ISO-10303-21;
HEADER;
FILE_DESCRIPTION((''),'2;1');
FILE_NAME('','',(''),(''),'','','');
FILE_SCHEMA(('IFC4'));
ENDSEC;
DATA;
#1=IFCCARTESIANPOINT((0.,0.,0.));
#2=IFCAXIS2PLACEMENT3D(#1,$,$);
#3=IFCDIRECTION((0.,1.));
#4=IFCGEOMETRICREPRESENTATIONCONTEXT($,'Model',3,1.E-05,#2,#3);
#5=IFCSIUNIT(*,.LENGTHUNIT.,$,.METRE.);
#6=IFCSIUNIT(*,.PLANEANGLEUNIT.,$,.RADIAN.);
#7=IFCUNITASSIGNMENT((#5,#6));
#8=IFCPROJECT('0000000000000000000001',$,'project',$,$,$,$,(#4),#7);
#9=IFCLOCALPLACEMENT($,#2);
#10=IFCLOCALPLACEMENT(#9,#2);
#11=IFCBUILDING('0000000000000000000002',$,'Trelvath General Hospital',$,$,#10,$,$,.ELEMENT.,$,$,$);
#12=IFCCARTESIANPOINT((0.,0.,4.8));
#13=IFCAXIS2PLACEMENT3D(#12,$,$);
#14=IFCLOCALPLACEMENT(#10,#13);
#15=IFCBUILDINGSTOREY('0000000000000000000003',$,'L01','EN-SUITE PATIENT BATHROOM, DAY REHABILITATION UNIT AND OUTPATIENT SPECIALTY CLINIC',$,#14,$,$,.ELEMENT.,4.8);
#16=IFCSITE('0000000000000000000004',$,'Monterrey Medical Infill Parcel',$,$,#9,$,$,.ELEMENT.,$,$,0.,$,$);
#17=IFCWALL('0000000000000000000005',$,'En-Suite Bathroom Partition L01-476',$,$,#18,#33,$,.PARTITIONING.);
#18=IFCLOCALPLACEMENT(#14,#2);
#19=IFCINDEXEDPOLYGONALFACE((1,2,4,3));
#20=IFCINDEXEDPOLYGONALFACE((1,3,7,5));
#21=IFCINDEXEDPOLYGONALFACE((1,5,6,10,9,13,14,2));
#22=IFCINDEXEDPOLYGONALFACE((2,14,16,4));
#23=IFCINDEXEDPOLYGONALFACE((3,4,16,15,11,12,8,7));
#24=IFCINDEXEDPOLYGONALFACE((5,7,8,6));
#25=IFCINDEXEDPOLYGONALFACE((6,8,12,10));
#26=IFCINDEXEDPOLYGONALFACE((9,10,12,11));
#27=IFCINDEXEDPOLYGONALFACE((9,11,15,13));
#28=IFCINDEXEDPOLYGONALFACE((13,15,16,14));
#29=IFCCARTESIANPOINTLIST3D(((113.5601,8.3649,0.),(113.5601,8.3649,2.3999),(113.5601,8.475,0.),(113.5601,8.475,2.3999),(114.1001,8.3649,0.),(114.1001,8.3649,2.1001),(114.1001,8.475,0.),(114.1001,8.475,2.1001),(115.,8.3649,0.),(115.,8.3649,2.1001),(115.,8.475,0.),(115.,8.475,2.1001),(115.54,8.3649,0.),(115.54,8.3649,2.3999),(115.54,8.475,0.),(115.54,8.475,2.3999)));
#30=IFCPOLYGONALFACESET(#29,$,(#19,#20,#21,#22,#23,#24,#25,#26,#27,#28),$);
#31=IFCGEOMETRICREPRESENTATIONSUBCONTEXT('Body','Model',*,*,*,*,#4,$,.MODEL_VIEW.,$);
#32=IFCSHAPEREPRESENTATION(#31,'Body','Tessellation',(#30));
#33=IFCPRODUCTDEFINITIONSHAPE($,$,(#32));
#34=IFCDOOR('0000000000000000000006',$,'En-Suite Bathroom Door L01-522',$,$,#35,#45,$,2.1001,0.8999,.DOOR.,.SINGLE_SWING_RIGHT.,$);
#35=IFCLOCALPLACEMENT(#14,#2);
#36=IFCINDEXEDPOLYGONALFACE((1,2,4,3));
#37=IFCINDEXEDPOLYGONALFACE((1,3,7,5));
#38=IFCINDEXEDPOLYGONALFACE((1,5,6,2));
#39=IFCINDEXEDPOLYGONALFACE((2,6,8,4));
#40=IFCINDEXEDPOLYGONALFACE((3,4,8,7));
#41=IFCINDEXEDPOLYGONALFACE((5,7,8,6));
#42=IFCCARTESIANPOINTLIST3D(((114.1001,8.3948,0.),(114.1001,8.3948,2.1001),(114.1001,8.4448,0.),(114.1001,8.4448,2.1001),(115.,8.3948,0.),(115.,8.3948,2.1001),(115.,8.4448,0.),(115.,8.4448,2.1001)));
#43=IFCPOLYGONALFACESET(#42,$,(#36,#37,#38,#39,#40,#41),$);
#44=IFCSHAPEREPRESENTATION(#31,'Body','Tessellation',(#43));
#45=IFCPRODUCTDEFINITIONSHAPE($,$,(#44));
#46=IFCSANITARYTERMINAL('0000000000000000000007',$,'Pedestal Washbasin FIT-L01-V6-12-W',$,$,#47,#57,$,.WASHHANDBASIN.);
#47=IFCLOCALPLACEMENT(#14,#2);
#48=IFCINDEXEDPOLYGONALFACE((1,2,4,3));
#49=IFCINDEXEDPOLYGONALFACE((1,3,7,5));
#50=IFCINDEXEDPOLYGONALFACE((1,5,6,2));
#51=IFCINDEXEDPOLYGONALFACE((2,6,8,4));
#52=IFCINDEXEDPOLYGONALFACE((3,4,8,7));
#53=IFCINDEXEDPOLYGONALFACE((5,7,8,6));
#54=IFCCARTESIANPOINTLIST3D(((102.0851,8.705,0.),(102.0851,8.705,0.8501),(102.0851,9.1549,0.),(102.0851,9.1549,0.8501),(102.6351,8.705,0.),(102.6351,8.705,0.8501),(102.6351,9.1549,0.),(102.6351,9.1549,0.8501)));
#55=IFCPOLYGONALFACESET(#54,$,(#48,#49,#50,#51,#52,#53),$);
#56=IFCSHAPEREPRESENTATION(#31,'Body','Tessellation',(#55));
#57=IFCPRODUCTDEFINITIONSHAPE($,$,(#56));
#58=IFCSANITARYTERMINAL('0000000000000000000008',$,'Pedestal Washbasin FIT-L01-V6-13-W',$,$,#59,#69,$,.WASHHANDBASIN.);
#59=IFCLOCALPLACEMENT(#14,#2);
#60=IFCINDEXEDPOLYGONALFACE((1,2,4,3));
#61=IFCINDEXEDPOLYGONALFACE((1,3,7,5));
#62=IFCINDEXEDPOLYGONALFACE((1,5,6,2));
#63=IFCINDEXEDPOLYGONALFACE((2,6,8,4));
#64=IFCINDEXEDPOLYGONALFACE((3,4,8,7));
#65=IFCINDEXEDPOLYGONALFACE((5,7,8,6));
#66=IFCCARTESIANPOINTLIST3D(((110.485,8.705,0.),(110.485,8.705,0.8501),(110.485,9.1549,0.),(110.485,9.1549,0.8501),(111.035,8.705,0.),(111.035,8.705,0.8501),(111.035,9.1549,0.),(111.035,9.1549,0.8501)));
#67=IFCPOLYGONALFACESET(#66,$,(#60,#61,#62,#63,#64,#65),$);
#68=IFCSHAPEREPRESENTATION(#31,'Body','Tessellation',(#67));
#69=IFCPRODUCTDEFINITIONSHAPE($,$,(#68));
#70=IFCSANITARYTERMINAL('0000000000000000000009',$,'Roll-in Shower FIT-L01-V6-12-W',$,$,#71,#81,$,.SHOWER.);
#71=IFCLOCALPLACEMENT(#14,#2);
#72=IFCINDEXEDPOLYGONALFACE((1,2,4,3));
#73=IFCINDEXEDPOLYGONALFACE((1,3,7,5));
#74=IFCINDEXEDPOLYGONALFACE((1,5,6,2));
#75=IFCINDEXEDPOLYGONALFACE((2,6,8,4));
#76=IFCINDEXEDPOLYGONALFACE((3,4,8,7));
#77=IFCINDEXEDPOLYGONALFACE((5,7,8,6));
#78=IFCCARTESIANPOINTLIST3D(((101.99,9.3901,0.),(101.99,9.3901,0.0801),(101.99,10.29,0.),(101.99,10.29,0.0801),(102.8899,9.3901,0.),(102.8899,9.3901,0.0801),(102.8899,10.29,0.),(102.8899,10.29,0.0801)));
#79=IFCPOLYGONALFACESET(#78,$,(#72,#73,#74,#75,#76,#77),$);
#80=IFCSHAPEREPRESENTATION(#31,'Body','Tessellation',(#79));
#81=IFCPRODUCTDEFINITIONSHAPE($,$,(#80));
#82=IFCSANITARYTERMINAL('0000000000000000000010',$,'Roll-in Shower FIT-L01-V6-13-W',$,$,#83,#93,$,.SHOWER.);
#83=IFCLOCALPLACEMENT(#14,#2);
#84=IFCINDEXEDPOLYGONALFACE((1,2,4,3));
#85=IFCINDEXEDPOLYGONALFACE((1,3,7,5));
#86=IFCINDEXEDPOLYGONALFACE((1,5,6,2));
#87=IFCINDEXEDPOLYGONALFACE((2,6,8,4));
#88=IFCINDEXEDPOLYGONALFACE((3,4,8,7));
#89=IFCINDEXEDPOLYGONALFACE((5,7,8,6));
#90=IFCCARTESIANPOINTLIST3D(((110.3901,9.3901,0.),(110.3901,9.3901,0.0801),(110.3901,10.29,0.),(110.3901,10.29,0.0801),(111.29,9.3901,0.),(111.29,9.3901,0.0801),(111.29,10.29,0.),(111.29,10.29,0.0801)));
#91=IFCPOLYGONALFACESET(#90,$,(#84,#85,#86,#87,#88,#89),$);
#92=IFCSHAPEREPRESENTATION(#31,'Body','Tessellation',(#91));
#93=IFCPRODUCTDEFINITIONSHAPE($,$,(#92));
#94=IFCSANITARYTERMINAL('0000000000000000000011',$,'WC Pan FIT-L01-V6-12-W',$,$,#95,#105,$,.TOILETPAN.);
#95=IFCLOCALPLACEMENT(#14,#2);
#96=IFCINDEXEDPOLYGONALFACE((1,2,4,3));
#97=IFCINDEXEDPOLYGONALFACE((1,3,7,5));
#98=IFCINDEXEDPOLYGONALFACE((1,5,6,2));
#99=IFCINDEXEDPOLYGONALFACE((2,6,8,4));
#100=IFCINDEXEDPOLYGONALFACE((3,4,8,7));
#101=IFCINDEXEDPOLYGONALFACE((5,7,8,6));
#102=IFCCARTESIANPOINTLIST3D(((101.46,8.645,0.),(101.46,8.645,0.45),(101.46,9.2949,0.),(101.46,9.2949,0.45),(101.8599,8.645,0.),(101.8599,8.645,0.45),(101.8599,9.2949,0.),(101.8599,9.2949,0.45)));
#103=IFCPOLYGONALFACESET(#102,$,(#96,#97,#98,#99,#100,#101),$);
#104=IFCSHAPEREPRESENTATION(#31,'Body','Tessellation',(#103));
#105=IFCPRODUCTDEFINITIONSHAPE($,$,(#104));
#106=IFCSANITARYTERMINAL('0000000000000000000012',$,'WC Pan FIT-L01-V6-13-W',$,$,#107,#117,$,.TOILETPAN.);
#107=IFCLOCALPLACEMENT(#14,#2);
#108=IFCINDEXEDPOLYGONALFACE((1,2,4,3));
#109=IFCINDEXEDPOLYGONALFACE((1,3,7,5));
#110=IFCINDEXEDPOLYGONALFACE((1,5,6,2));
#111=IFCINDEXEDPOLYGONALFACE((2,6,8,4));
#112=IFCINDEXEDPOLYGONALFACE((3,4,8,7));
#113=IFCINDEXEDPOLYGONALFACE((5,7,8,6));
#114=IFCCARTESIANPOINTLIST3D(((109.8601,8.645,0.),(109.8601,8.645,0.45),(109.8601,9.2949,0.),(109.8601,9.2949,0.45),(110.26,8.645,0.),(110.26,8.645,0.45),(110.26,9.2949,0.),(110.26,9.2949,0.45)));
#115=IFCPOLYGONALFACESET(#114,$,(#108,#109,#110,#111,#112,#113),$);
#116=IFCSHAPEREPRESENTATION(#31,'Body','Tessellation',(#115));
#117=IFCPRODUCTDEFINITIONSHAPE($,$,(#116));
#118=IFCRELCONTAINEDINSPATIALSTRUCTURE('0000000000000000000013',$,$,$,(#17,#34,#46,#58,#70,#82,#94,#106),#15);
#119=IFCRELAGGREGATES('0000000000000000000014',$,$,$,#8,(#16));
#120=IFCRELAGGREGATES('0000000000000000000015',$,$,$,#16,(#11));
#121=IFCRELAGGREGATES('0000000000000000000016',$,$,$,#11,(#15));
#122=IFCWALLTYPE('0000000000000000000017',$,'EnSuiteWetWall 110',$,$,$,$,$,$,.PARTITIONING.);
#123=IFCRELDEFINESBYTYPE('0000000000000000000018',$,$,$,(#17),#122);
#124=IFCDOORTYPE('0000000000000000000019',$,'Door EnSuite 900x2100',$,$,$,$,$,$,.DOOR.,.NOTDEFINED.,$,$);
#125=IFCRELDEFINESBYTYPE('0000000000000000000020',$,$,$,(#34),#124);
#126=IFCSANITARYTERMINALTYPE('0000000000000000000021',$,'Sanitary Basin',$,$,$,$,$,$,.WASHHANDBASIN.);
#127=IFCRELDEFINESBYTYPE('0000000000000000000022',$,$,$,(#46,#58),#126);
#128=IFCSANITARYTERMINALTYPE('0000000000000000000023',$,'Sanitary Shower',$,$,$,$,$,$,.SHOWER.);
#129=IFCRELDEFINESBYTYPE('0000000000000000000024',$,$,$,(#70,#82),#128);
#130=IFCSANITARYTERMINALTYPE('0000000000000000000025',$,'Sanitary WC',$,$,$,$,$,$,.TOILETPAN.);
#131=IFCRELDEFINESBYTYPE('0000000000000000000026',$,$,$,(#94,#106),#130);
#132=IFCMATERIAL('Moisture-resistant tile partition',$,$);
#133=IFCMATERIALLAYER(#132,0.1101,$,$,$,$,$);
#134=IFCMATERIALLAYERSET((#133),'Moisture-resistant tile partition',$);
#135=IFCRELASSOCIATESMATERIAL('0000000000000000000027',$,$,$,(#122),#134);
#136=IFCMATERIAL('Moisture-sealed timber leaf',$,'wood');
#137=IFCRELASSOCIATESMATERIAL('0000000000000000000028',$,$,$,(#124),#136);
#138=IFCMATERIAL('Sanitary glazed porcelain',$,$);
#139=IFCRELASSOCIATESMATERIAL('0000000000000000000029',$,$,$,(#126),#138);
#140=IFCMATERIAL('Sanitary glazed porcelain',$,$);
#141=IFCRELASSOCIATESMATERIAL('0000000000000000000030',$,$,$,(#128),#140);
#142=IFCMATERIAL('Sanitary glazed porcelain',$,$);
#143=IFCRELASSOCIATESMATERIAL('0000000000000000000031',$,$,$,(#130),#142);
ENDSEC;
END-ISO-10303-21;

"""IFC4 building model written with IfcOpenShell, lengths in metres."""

from ifc_helpers import new_model, si_unit, direction, frame, frame_2d, origin, origin_2d, place, context, subcontext, project, spatial, rectangle, extrude, material, layer, layer_set, type_object, element, fill, save


model = new_model("IFC4")

# Units and contexts
model_context = context("Model", 3, precision=1e-05, world=origin(), true_north=direction((0.0, 1.0)))
body_context = subcontext(model_context, "Body", "Model", "MODEL_VIEW")
ifc_project = project(units=[si_unit("LENGTHUNIT", "METRE"), si_unit("PLANEANGLEUNIT", "RADIAN")], contexts=[model_context])

# Site, building, storey
site_placement = place(None, origin())
site = spatial("IfcSite", under=ifc_project, at=site_placement, Name="Monterrey Medical Infill Parcel", CompositionType="ELEMENT", RefElevation=0.0)
building_placement = place(site_placement, origin())
building = spatial("IfcBuilding", under=site, at=building_placement, Name="Trelvath General Hospital", CompositionType="ELEMENT")
storey_placement = place(building_placement, frame((0.0, 0.0, 4.8)))
storey = spatial("IfcBuildingStorey", under=building, at=storey_placement, Name="L01", Description="EN-SUITE PATIENT BATHROOM, DAY REHABILITATION UNIT AND OUTPATIENT SPECIALTY CLINIC", CompositionType="ELEMENT", Elevation=4.8)

# Shared definitions
ifc_material_1 = material(Name="Moisture-resistant tile partition")
ifc_layer_1 = layer(ifc_material_1, 0.1101)
ifc_layer_set_1 = layer_set([ifc_layer_1], Name="Moisture-resistant tile partition")
wall_type_1 = type_object("IfcWallType", Name="EnSuiteWetWall 110", PredefinedType="PARTITIONING", material=ifc_layer_set_1)

# Shared definitions
ifc_material_2 = material(Name="Moisture-sealed timber leaf", Category="wood")
door_type_1 = type_object("IfcDoorType", Name="Door EnSuite 900x2100", OperationType="NOTDEFINED", PredefinedType="DOOR", material=ifc_material_2)

# Wall, opening, door
wall_1_placement = place(storey_placement, frame((113.5601, 8.4199, 0.0), z_axis=(0.0, 0.0, 1.0), x_axis=(1.0, 0.0, 0.0)))
wall_1 = element("IfcWall", 1, at=wall_1_placement, inside=storey, type_object=wall_type_1, Name="En-Suite Bathroom Partition L01-476", PredefinedType="PARTITIONING", context=body_context, shape_type="SweptSolid", body=[
    extrude(rectangle(XDim=1.98, YDim=0.1101, at=frame_2d((0.99, 0.0))), origin(), (0.0, 0.0, 1.0), 2.3999),
])
opening_1_placement = place(wall_1_placement, frame((0.54, 0.0, 0.0)))
opening_1 = element("IfcOpeningElement", 2, at=opening_1_placement, cuts=wall_1, PredefinedType="OPENING", context=body_context, shape_type="SweptSolid", body=[
    extrude(rectangle(XDim=0.8999, YDim=2.1001, at=frame_2d((0.45, 1.05))), frame((0.0, 0.0649, 0.0), z_axis=(0.0, -1.0, 0.0), x_axis=(1.0, 0.0, 0.0)), (0.0, 0.0, 1.0), 0.1301),
])
door_1_placement = place(opening_1_placement, origin())
door_1 = element("IfcDoor", 3, at=door_1_placement, inside=storey, type_object=door_type_1, Name="En-Suite Bathroom Door L01-522", OperationType="SINGLE_SWING_RIGHT", OverallHeight=2.1001, OverallWidth=0.8999, PredefinedType="DOOR", context=body_context, shape_type="SweptSolid", body=[
    extrude(rectangle(XDim=0.8999, YDim=2.1001, at=frame_2d((0.45, 1.05))), frame((0.0, 0.0249, 0.0), z_axis=(0.0, -1.0, 0.0), x_axis=(1.0, 0.0, 0.0)), (0.0, 0.0, 1.0), 0.05),
])
fill(opening_1, door_1)

# Sanitary terminals
ifc_material_3 = material(Name="Sanitary glazed porcelain")
sanitary_terminal_type_1 = type_object("IfcSanitaryTerminalType", Name="Sanitary Basin", PredefinedType="WASHHANDBASIN", material=ifc_material_3)
for number, where, z_axis, x_axis, name in (
    (4, (102.3601, 8.9299, 0.0), (0.0, 0.0, 1.0), (1.0, 0.0, 0.0), "Pedestal Washbasin FIT-L01-V6-12-W"),
    (5, (110.76, 8.9299, 0.0), (0.0, 0.0, 1.0), (1.0, 0.0, 0.0), "Pedestal Washbasin FIT-L01-V6-13-W"),
):
    element("IfcSanitaryTerminal", number, at=place(storey_placement, frame(where, z_axis=z_axis, x_axis=x_axis)), inside=storey, type_object=sanitary_terminal_type_1, Name=name, PredefinedType="WASHHANDBASIN", context=body_context, shape_type="SweptSolid", body=[
        extrude(rectangle(XDim=0.55, YDim=0.45, at=origin_2d()), origin(), (0.0, 0.0, 1.0), 0.8501),
    ])
ifc_material_4 = material(Name="Sanitary glazed porcelain")
sanitary_terminal_type_2 = type_object("IfcSanitaryTerminalType", Name="Sanitary Shower", PredefinedType="SHOWER", material=ifc_material_4)
for number, where, z_axis, x_axis, name in (
    (6, (102.4399, 9.8401, 0.0), (0.0, 0.0, 1.0), (1.0, 0.0, 0.0), "Roll-in Shower FIT-L01-V6-12-W"),
    (7, (110.8401, 9.8401, 0.0), (0.0, 0.0, 1.0), (1.0, 0.0, 0.0), "Roll-in Shower FIT-L01-V6-13-W"),
):
    element("IfcSanitaryTerminal", number, at=place(storey_placement, frame(where, z_axis=z_axis, x_axis=x_axis)), inside=storey, type_object=sanitary_terminal_type_2, Name=name, PredefinedType="SHOWER", context=body_context, shape_type="SweptSolid", body=[
        extrude(rectangle(XDim=0.8999, YDim=0.8999, at=origin_2d()), origin(), (0.0, 0.0, 1.0), 0.0801),
    ])
ifc_material_5 = material(Name="Sanitary glazed porcelain")
sanitary_terminal_type_3 = type_object("IfcSanitaryTerminalType", Name="Sanitary WC", PredefinedType="TOILETPAN", material=ifc_material_5)
for number, where, z_axis, x_axis, name in (
    (8, (101.6599, 8.97, 0.0), (0.0, 0.0, 1.0), (1.0, 0.0, 0.0), "WC Pan FIT-L01-V6-12-W"),
    (9, (110.0601, 8.97, 0.0), (0.0, 0.0, 1.0), (1.0, 0.0, 0.0), "WC Pan FIT-L01-V6-13-W"),
):
    element("IfcSanitaryTerminal", number, at=place(storey_placement, frame(where, z_axis=z_axis, x_axis=x_axis)), inside=storey, type_object=sanitary_terminal_type_3, Name=name, PredefinedType="TOILETPAN", context=body_context, shape_type="SweptSolid", body=[
        extrude(rectangle(XDim=0.3999, YDim=0.6499, at=origin_2d()), origin(), (0.0, 0.0, 1.0), 0.45),
    ])

save(model, "model.ifc")
